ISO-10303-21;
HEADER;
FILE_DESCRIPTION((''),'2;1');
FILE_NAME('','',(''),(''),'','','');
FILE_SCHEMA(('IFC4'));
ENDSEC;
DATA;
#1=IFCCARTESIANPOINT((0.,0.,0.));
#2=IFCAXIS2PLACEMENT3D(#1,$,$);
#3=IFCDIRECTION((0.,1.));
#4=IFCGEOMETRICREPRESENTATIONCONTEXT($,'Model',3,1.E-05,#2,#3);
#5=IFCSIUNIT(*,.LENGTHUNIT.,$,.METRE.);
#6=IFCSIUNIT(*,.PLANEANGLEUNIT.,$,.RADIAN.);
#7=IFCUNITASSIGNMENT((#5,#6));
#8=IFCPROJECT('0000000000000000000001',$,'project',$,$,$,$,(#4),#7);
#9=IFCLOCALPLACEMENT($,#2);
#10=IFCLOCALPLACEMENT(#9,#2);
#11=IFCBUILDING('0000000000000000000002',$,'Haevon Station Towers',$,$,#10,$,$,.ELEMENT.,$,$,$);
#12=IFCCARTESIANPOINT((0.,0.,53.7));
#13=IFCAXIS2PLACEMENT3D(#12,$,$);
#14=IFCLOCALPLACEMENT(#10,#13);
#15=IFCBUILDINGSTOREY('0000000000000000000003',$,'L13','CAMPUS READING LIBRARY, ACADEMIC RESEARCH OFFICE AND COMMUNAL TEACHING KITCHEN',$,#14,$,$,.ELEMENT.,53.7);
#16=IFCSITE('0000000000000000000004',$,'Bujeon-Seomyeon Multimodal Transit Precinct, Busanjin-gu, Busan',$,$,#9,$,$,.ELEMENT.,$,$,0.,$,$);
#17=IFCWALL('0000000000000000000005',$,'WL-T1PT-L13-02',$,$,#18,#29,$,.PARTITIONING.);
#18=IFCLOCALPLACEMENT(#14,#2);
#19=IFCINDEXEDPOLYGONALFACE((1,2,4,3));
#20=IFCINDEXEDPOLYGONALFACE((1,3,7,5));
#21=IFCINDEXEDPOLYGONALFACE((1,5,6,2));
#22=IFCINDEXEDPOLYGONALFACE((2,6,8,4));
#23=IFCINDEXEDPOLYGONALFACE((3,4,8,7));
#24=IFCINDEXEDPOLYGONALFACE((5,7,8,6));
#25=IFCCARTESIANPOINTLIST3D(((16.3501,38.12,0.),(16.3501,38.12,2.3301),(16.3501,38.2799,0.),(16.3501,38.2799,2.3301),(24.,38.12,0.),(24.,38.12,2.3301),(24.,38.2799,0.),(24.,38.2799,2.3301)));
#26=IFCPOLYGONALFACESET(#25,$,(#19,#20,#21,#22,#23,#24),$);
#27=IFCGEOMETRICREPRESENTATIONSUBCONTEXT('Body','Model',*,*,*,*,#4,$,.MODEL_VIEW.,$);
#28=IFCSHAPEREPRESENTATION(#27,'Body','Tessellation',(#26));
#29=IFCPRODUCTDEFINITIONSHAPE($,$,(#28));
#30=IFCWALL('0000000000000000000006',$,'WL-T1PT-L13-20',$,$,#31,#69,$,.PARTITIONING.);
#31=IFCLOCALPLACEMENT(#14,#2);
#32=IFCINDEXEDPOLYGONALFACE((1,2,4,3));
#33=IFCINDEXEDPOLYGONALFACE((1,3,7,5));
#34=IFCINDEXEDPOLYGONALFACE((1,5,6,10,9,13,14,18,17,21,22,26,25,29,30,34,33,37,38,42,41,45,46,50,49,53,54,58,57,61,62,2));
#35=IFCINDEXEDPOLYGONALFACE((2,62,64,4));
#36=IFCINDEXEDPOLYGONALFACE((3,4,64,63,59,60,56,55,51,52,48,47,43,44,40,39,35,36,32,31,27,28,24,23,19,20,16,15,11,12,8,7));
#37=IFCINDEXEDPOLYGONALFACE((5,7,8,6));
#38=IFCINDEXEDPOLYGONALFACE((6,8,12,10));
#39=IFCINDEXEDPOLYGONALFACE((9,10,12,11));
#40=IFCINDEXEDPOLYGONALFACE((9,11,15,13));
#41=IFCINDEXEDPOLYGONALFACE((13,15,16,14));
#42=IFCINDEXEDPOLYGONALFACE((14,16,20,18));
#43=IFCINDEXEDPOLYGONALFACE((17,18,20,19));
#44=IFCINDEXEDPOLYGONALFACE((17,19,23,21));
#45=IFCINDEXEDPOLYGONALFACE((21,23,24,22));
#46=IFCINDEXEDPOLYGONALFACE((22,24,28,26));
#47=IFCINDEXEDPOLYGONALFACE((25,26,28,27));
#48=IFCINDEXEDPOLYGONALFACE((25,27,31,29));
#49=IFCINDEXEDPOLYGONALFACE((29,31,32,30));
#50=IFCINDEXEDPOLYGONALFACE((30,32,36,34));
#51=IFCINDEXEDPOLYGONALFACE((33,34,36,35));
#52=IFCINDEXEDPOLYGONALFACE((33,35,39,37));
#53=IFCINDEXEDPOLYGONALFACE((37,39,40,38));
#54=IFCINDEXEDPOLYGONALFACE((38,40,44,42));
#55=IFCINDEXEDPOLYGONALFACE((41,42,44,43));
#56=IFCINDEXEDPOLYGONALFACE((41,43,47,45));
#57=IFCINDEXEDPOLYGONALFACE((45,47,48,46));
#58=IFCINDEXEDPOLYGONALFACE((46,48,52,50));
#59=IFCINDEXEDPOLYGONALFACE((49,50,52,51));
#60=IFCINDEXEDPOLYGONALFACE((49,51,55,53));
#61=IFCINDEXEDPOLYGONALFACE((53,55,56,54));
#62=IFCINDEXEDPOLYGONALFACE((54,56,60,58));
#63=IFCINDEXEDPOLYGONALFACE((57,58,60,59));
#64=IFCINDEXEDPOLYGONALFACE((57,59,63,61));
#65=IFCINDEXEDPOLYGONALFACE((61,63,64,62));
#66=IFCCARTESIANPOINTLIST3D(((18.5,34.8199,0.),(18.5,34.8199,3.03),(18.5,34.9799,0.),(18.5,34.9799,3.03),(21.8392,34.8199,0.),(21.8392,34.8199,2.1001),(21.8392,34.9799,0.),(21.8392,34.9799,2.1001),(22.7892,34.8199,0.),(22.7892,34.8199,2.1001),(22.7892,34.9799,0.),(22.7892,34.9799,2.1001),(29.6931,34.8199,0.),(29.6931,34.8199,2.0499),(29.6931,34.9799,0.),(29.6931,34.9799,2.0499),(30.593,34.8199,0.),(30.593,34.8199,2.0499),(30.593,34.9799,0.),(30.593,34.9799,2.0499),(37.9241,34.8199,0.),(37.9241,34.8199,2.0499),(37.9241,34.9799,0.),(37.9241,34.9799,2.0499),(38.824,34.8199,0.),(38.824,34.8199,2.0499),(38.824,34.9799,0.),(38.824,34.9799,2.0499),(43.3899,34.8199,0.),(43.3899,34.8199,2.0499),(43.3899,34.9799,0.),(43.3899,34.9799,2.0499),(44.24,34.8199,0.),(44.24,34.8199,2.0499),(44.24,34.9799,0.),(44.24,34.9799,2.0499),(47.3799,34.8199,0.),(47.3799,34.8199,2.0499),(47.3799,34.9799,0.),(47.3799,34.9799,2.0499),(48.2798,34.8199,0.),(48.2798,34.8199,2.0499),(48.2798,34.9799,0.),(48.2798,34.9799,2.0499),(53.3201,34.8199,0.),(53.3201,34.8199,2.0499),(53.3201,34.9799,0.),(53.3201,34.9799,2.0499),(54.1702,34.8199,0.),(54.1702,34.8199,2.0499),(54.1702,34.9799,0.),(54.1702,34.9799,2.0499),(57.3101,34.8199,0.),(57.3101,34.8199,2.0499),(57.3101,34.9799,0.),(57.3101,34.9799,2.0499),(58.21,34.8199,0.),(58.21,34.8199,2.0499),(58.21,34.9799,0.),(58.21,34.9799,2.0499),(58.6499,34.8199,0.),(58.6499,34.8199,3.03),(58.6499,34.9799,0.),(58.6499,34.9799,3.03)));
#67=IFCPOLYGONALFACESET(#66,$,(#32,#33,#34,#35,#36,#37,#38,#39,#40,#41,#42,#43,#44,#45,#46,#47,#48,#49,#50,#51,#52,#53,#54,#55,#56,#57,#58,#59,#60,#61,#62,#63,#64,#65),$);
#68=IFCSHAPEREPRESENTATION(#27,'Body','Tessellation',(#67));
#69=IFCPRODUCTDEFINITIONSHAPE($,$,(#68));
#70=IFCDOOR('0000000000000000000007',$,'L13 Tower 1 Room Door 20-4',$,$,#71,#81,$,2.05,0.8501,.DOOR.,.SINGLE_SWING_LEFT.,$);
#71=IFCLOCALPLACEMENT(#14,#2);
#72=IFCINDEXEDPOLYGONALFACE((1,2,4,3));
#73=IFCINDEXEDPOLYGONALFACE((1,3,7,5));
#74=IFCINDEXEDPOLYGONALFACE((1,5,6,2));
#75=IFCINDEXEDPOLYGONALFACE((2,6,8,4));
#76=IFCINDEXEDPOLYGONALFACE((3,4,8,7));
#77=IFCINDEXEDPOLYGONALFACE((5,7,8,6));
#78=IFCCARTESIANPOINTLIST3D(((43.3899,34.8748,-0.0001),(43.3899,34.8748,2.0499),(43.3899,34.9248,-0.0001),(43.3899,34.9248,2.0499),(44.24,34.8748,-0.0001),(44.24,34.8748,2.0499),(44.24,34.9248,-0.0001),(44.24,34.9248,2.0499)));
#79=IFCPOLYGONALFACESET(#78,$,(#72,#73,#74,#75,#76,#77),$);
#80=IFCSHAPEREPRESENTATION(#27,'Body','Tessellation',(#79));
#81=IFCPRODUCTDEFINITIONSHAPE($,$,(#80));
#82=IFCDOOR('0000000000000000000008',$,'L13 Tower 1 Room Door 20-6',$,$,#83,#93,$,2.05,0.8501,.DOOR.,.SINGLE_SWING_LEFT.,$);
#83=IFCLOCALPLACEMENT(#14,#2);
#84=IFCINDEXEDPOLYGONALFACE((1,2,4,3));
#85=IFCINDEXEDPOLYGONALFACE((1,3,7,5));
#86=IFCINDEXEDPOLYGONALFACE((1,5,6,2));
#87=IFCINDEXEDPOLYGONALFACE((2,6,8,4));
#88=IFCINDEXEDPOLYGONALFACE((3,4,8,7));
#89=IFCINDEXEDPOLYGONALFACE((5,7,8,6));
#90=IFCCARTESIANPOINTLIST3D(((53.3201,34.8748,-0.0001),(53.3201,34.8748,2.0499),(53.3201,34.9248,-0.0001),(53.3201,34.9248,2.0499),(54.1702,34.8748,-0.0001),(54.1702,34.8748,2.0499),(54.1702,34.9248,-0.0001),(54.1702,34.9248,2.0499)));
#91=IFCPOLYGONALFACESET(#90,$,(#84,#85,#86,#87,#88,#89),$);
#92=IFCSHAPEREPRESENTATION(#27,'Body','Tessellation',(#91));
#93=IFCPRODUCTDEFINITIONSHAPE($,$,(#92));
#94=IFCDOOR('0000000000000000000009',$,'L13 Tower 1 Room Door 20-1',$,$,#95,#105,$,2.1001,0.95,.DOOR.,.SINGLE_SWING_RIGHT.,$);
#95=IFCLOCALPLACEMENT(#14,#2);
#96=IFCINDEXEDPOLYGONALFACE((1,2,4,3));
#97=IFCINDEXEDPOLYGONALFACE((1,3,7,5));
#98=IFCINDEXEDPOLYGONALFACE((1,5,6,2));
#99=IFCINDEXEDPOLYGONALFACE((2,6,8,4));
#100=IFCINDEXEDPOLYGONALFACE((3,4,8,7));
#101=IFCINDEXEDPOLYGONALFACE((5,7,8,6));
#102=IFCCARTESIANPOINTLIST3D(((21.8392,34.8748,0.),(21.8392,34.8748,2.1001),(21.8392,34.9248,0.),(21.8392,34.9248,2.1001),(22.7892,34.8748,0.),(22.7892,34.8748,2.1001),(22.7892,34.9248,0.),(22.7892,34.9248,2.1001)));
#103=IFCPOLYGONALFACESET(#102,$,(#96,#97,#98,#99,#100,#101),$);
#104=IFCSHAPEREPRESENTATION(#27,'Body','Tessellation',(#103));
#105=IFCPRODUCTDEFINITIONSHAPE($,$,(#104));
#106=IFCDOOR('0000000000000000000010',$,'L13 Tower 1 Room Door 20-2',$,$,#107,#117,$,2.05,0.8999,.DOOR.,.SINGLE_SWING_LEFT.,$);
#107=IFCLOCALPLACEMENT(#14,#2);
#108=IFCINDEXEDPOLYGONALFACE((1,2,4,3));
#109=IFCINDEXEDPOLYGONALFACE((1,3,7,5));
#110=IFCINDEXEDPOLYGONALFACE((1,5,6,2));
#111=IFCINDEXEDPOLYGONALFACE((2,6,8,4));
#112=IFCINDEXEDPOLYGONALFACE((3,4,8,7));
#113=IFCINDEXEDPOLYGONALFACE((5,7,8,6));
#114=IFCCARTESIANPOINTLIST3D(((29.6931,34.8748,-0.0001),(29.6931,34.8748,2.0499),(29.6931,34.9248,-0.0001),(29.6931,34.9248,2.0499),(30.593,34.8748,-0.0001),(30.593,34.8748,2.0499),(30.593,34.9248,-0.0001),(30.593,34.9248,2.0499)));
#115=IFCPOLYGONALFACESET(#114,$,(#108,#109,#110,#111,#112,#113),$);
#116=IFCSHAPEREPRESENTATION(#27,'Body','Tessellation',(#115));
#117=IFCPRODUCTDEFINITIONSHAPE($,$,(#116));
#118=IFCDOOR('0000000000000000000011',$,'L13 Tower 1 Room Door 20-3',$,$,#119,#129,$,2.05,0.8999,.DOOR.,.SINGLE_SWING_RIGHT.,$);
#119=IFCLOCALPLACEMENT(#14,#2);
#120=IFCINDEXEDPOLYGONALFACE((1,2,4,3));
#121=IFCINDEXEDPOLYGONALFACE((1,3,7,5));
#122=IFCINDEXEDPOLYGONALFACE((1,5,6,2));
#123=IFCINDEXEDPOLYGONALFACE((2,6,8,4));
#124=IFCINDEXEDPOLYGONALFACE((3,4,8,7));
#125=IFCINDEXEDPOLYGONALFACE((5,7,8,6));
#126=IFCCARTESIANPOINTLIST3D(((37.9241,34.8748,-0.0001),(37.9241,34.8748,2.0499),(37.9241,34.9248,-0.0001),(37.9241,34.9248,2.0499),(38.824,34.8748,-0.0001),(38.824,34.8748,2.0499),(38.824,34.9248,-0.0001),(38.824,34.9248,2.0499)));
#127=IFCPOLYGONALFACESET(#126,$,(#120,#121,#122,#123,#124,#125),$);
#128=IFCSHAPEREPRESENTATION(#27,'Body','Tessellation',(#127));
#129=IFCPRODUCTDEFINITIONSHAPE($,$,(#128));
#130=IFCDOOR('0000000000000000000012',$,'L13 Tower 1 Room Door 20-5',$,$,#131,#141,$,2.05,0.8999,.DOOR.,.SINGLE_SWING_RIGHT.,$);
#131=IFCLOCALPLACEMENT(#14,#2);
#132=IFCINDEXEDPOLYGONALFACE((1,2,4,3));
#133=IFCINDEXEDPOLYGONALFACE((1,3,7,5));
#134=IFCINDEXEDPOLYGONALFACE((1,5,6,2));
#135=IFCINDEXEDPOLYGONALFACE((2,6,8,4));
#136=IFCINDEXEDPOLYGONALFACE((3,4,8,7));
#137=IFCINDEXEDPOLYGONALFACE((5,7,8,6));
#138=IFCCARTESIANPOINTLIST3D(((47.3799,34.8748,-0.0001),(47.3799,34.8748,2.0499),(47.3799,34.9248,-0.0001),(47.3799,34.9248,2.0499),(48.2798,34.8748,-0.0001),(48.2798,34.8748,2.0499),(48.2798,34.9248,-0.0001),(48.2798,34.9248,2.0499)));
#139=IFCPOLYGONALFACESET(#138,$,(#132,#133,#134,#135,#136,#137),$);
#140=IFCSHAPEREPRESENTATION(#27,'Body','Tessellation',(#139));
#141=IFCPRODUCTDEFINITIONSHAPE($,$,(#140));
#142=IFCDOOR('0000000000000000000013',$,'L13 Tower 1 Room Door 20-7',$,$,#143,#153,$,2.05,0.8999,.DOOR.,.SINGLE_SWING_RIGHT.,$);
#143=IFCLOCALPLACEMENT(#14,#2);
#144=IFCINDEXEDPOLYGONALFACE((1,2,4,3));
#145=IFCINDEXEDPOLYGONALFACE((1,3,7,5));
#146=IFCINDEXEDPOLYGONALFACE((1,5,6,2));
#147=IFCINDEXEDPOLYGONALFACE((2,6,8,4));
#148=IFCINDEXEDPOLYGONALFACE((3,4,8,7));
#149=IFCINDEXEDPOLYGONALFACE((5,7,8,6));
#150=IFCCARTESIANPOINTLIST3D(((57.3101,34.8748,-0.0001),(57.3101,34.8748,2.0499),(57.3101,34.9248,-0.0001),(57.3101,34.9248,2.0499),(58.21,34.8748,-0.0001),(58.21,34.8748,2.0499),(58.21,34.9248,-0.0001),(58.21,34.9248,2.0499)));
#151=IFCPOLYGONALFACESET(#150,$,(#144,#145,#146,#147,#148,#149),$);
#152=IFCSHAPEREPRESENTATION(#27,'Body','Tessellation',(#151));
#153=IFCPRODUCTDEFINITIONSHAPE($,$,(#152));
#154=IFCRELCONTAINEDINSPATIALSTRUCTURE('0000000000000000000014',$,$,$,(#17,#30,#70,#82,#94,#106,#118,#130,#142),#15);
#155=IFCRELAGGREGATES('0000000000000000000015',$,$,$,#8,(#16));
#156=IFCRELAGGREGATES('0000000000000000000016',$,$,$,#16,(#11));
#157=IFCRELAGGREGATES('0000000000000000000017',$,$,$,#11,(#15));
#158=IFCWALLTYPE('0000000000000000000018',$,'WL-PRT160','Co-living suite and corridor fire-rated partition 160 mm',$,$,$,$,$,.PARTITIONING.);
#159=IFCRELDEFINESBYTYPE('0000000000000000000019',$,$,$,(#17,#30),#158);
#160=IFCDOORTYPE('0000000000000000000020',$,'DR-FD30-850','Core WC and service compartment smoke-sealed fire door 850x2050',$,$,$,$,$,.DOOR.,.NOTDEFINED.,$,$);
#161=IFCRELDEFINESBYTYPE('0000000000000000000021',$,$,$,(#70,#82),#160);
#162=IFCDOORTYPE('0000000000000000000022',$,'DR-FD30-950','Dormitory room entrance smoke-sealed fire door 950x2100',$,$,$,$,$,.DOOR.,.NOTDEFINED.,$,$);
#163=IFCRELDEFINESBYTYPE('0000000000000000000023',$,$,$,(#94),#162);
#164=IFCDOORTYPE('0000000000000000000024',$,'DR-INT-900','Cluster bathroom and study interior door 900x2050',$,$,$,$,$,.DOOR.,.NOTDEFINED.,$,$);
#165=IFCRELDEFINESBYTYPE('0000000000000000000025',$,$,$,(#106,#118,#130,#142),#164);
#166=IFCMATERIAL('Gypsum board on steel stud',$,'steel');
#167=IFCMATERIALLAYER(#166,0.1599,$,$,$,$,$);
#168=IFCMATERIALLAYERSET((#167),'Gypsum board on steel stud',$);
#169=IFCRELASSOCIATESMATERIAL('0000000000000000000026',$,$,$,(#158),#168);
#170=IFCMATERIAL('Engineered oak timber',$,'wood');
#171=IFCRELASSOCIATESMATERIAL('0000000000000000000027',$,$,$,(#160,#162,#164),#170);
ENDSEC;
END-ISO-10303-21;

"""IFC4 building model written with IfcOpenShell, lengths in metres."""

from ifc_helpers import new_model, si_unit, direction, frame, frame_2d, origin, place, context, subcontext, project, spatial, rectangle, extrude, material, layer, layer_set, type_object, element, fill, save


model = new_model("IFC4")

# Units and contexts
model_context = context("Model", 3, precision=1e-05, world=origin(), true_north=direction((0.0, 1.0)))
body_context = subcontext(model_context, "Body", "Model", "MODEL_VIEW")
ifc_project = project(units=[si_unit("LENGTHUNIT", "METRE"), si_unit("PLANEANGLEUNIT", "RADIAN")], contexts=[model_context])

# Site, building, storey
site_placement = place(None, origin())
site = spatial("IfcSite", under=ifc_project, at=site_placement, Name="Bujeon-Seomyeon Multimodal Transit Precinct, Busanjin-gu, Busan", CompositionType="ELEMENT", RefElevation=0.0)
building_placement = place(site_placement, origin())
building = spatial("IfcBuilding", under=site, at=building_placement, Name="Haevon Station Towers", CompositionType="ELEMENT")
storey_placement = place(building_placement, frame((0.0, 0.0, 53.7)))
storey = spatial("IfcBuildingStorey", under=building, at=storey_placement, Name="L13", Description="CAMPUS READING LIBRARY, ACADEMIC RESEARCH OFFICE AND COMMUNAL TEACHING KITCHEN", CompositionType="ELEMENT", Elevation=53.7)

# Shared definitions
ifc_material_1 = material(Name="Gypsum board on steel stud", Category="steel")
ifc_material_2 = material(Name="Engineered oak timber", Category="wood")

# Wall
ifc_layer_1 = layer(ifc_material_1, 0.1599)
ifc_layer_set_1 = layer_set([ifc_layer_1], Name="Gypsum board on steel stud")
wall_type_1 = type_object("IfcWallType", Name="WL-PRT160", Description="Co-living suite and corridor fire-rated partition 160 mm", PredefinedType="PARTITIONING", material=ifc_layer_set_1)
wall_1_placement = place(storey_placement, frame((16.3501, 38.2, 0.0), z_axis=(0.0, 0.0, 1.0), x_axis=(1.0, 0.0, 0.0)))
element("IfcWall", 1, at=wall_1_placement, inside=storey, type_object=wall_type_1, Name="WL-T1PT-L13-02", PredefinedType="PARTITIONING", context=body_context, shape_type="SweptSolid", body=[
    extrude(rectangle(XDim=7.6499, YDim=0.1599, at=frame_2d((3.825, 0.0))), origin(), (0.0, 0.0, 1.0), 2.3301),
])

# Wall, openings, doors
wall_2_placement = place(storey_placement, frame((18.5, 34.8999, 0.0), z_axis=(0.0, 0.0, 1.0), x_axis=(1.0, 0.0, 0.0)))
wall_2 = element("IfcWall", 2, at=wall_2_placement, inside=storey, type_object=wall_type_1, Name="WL-T1PT-L13-20", PredefinedType="PARTITIONING", context=body_context, shape_type="SweptSolid", body=[
    extrude(rectangle(XDim=40.1499, YDim=0.1599, at=frame_2d((20.075, 0.0))), origin(), (0.0, 0.0, 1.0), 3.03),
])
opening_1_placement = place(wall_2_placement, frame((3.3391, 0.0, 0.0)))
opening_1 = element("IfcOpeningElement", 3, at=opening_1_placement, cuts=wall_2, PredefinedType="OPENING", context=body_context, shape_type="SweptSolid", body=[
    extrude(rectangle(XDim=0.95, YDim=2.1001, at=frame_2d((0.4751, 1.05))), frame((0.0, 0.0898, 0.0), z_axis=(0.0, -1.0, 0.0), x_axis=(1.0, 0.0, 0.0)), (0.0, 0.0, 1.0), 0.1799),
])
opening_2_placement = place(wall_2_placement, frame((11.1931, 0.0, 0.0)))
opening_2 = element("IfcOpeningElement", 4, at=opening_2_placement, cuts=wall_2, PredefinedType="OPENING", context=body_context, shape_type="SweptSolid", body=[
    extrude(rectangle(XDim=0.8999, YDim=2.05, at=frame_2d((0.45, 1.0249))), frame((0.0, 0.0898, 0.0), z_axis=(0.0, -1.0, 0.0), x_axis=(1.0, 0.0, 0.0)), (0.0, 0.0, 1.0), 0.1799),
])
opening_3_placement = place(wall_2_placement, frame((19.4241, 0.0, 0.0)))
opening_3 = element("IfcOpeningElement", 5, at=opening_3_placement, cuts=wall_2, PredefinedType="OPENING", context=body_context, shape_type="SweptSolid", body=[
    extrude(rectangle(XDim=0.8999, YDim=2.05, at=frame_2d((0.45, 1.0249))), frame((0.0, 0.0898, 0.0), z_axis=(0.0, -1.0, 0.0), x_axis=(1.0, 0.0, 0.0)), (0.0, 0.0, 1.0), 0.1799),
])
opening_4_placement = place(wall_2_placement, frame((24.8899, 0.0, 0.0)))
opening_4 = element("IfcOpeningElement", 6, at=opening_4_placement, cuts=wall_2, PredefinedType="OPENING", context=body_context, shape_type="SweptSolid", body=[
    extrude(rectangle(XDim=0.8501, YDim=2.05, at=frame_2d((0.425, 1.0249))), frame((0.0, 0.0898, 0.0), z_axis=(0.0, -1.0, 0.0), x_axis=(1.0, 0.0, 0.0)), (0.0, 0.0, 1.0), 0.1799),
])
opening_5_placement = place(wall_2_placement, frame((28.8799, 0.0, 0.0)))
opening_5 = element("IfcOpeningElement", 7, at=opening_5_placement, cuts=wall_2, PredefinedType="OPENING", context=body_context, shape_type="SweptSolid", body=[
    extrude(rectangle(XDim=0.8999, YDim=2.05, at=frame_2d((0.45, 1.0249))), frame((0.0, 0.0898, 0.0), z_axis=(0.0, -1.0, 0.0), x_axis=(1.0, 0.0, 0.0)), (0.0, 0.0, 1.0), 0.1799),
])
opening_6_placement = place(wall_2_placement, frame((34.8201, 0.0, 0.0)))
opening_6 = element("IfcOpeningElement", 8, at=opening_6_placement, cuts=wall_2, PredefinedType="OPENING", context=body_context, shape_type="SweptSolid", body=[
    extrude(rectangle(XDim=0.8501, YDim=2.05, at=frame_2d((0.425, 1.0249))), frame((0.0, 0.0898, 0.0), z_axis=(0.0, -1.0, 0.0), x_axis=(1.0, 0.0, 0.0)), (0.0, 0.0, 1.0), 0.1799),
])
opening_7_placement = place(wall_2_placement, frame((38.8101, 0.0, 0.0)))
opening_7 = element("IfcOpeningElement", 9, at=opening_7_placement, cuts=wall_2, PredefinedType="OPENING", context=body_context, shape_type="SweptSolid", body=[
    extrude(rectangle(XDim=0.8999, YDim=2.05, at=frame_2d((0.45, 1.0249))), frame((0.0, 0.0898, 0.0), z_axis=(0.0, -1.0, 0.0), x_axis=(1.0, 0.0, 0.0)), (0.0, 0.0, 1.0), 0.1799),
])
door_type_1 = type_object("IfcDoorType", Name="DR-FD30-850", Description="Core WC and service compartment smoke-sealed fire door 850x2050", OperationType="NOTDEFINED", PredefinedType="DOOR", material=ifc_material_2)
door_1_placement = place(opening_4_placement, origin())
door_1 = element("IfcDoor", 10, at=door_1_placement, inside=storey, type_object=door_type_1, Name="L13 Tower 1 Room Door 20-4", OperationType="SINGLE_SWING_LEFT", OverallHeight=2.05, OverallWidth=0.8501, PredefinedType="DOOR", context=body_context, shape_type="SweptSolid", body=[
    extrude(rectangle(XDim=0.8501, YDim=2.05, at=frame_2d((0.425, 1.0249))), frame((0.0, 0.0249, 0.0), z_axis=(0.0, -1.0, 0.0), x_axis=(1.0, 0.0, 0.0)), (0.0, 0.0, 1.0), 0.05),
])
fill(opening_4, door_1)
door_2_placement = place(opening_6_placement, origin())
door_2 = element("IfcDoor", 11, at=door_2_placement, inside=storey, type_object=door_type_1, Name="L13 Tower 1 Room Door 20-6", OperationType="SINGLE_SWING_LEFT", OverallHeight=2.05, OverallWidth=0.8501, PredefinedType="DOOR", context=body_context, shape_type="SweptSolid", body=[
    extrude(rectangle(XDim=0.8501, YDim=2.05, at=frame_2d((0.425, 1.0249))), frame((0.0, 0.0249, 0.0), z_axis=(0.0, -1.0, 0.0), x_axis=(1.0, 0.0, 0.0)), (0.0, 0.0, 1.0), 0.05),
])
fill(opening_6, door_2)
door_type_2 = type_object("IfcDoorType", Name="DR-FD30-950", Description="Dormitory room entrance smoke-sealed fire door 950x2100", OperationType="NOTDEFINED", PredefinedType="DOOR", material=ifc_material_2)
door_3_placement = place(opening_1_placement, origin())
door_3 = element("IfcDoor", 12, at=door_3_placement, inside=storey, type_object=door_type_2, Name="L13 Tower 1 Room Door 20-1", OperationType="SINGLE_SWING_RIGHT", OverallHeight=2.1001, OverallWidth=0.95, PredefinedType="DOOR", context=body_context, shape_type="SweptSolid", body=[
    extrude(rectangle(XDim=0.95, YDim=2.1001, at=frame_2d((0.4751, 1.05))), frame((0.0, 0.0249, 0.0), z_axis=(0.0, -1.0, 0.0), x_axis=(1.0, 0.0, 0.0)), (0.0, 0.0, 1.0), 0.05),
])
fill(opening_1, door_3)
door_type_3 = type_object("IfcDoorType", Name="DR-INT-900", Description="Cluster bathroom and study interior door 900x2050", OperationType="NOTDEFINED", PredefinedType="DOOR", material=ifc_material_2)
door_4_placement = place(opening_2_placement, origin())
door_4 = element("IfcDoor", 13, at=door_4_placement, inside=storey, type_object=door_type_3, Name="L13 Tower 1 Room Door 20-2", OperationType="SINGLE_SWING_LEFT", OverallHeight=2.05, OverallWidth=0.8999, PredefinedType="DOOR", context=body_context, shape_type="SweptSolid", body=[
    extrude(rectangle(XDim=0.8999, YDim=2.05, at=frame_2d((0.45, 1.0249))), frame((0.0, 0.0249, 0.0), z_axis=(0.0, -1.0, 0.0), x_axis=(1.0, 0.0, 0.0)), (0.0, 0.0, 1.0), 0.05),
])
fill(opening_2, door_4)
door_5_placement = place(opening_3_placement, origin())
door_5 = element("IfcDoor", 14, at=door_5_placement, inside=storey, type_object=door_type_3, Name="L13 Tower 1 Room Door 20-3", OperationType="SINGLE_SWING_RIGHT", OverallHeight=2.05, OverallWidth=0.8999, PredefinedType="DOOR", context=body_context, shape_type="SweptSolid", body=[
    extrude(rectangle(XDim=0.8999, YDim=2.05, at=frame_2d((0.45, 1.0249))), frame((0.0, 0.0249, 0.0), z_axis=(0.0, -1.0, 0.0), x_axis=(1.0, 0.0, 0.0)), (0.0, 0.0, 1.0), 0.05),
])
fill(opening_3, door_5)
door_6_placement = place(opening_5_placement, origin())
door_6 = element("IfcDoor", 15, at=door_6_placement, inside=storey, type_object=door_type_3, Name="L13 Tower 1 Room Door 20-5", OperationType="SINGLE_SWING_RIGHT", OverallHeight=2.05, OverallWidth=0.8999, PredefinedType="DOOR", context=body_context, shape_type="SweptSolid", body=[
    extrude(rectangle(XDim=0.8999, YDim=2.05, at=frame_2d((0.45, 1.0249))), frame((0.0, 0.0249, 0.0), z_axis=(0.0, -1.0, 0.0), x_axis=(1.0, 0.0, 0.0)), (0.0, 0.0, 1.0), 0.05),
])
fill(opening_5, door_6)
door_7_placement = place(opening_7_placement, origin())
door_7 = element("IfcDoor", 16, at=door_7_placement, inside=storey, type_object=door_type_3, Name="L13 Tower 1 Room Door 20-7", OperationType="SINGLE_SWING_RIGHT", OverallHeight=2.05, OverallWidth=0.8999, PredefinedType="DOOR", context=body_context, shape_type="SweptSolid", body=[
    extrude(rectangle(XDim=0.8999, YDim=2.05, at=frame_2d((0.45, 1.0249))), frame((0.0, 0.0249, 0.0), z_axis=(0.0, -1.0, 0.0), x_axis=(1.0, 0.0, 0.0)), (0.0, 0.0, 1.0), 0.05),
])
fill(opening_7, door_7)

save(model, "model.ifc")
